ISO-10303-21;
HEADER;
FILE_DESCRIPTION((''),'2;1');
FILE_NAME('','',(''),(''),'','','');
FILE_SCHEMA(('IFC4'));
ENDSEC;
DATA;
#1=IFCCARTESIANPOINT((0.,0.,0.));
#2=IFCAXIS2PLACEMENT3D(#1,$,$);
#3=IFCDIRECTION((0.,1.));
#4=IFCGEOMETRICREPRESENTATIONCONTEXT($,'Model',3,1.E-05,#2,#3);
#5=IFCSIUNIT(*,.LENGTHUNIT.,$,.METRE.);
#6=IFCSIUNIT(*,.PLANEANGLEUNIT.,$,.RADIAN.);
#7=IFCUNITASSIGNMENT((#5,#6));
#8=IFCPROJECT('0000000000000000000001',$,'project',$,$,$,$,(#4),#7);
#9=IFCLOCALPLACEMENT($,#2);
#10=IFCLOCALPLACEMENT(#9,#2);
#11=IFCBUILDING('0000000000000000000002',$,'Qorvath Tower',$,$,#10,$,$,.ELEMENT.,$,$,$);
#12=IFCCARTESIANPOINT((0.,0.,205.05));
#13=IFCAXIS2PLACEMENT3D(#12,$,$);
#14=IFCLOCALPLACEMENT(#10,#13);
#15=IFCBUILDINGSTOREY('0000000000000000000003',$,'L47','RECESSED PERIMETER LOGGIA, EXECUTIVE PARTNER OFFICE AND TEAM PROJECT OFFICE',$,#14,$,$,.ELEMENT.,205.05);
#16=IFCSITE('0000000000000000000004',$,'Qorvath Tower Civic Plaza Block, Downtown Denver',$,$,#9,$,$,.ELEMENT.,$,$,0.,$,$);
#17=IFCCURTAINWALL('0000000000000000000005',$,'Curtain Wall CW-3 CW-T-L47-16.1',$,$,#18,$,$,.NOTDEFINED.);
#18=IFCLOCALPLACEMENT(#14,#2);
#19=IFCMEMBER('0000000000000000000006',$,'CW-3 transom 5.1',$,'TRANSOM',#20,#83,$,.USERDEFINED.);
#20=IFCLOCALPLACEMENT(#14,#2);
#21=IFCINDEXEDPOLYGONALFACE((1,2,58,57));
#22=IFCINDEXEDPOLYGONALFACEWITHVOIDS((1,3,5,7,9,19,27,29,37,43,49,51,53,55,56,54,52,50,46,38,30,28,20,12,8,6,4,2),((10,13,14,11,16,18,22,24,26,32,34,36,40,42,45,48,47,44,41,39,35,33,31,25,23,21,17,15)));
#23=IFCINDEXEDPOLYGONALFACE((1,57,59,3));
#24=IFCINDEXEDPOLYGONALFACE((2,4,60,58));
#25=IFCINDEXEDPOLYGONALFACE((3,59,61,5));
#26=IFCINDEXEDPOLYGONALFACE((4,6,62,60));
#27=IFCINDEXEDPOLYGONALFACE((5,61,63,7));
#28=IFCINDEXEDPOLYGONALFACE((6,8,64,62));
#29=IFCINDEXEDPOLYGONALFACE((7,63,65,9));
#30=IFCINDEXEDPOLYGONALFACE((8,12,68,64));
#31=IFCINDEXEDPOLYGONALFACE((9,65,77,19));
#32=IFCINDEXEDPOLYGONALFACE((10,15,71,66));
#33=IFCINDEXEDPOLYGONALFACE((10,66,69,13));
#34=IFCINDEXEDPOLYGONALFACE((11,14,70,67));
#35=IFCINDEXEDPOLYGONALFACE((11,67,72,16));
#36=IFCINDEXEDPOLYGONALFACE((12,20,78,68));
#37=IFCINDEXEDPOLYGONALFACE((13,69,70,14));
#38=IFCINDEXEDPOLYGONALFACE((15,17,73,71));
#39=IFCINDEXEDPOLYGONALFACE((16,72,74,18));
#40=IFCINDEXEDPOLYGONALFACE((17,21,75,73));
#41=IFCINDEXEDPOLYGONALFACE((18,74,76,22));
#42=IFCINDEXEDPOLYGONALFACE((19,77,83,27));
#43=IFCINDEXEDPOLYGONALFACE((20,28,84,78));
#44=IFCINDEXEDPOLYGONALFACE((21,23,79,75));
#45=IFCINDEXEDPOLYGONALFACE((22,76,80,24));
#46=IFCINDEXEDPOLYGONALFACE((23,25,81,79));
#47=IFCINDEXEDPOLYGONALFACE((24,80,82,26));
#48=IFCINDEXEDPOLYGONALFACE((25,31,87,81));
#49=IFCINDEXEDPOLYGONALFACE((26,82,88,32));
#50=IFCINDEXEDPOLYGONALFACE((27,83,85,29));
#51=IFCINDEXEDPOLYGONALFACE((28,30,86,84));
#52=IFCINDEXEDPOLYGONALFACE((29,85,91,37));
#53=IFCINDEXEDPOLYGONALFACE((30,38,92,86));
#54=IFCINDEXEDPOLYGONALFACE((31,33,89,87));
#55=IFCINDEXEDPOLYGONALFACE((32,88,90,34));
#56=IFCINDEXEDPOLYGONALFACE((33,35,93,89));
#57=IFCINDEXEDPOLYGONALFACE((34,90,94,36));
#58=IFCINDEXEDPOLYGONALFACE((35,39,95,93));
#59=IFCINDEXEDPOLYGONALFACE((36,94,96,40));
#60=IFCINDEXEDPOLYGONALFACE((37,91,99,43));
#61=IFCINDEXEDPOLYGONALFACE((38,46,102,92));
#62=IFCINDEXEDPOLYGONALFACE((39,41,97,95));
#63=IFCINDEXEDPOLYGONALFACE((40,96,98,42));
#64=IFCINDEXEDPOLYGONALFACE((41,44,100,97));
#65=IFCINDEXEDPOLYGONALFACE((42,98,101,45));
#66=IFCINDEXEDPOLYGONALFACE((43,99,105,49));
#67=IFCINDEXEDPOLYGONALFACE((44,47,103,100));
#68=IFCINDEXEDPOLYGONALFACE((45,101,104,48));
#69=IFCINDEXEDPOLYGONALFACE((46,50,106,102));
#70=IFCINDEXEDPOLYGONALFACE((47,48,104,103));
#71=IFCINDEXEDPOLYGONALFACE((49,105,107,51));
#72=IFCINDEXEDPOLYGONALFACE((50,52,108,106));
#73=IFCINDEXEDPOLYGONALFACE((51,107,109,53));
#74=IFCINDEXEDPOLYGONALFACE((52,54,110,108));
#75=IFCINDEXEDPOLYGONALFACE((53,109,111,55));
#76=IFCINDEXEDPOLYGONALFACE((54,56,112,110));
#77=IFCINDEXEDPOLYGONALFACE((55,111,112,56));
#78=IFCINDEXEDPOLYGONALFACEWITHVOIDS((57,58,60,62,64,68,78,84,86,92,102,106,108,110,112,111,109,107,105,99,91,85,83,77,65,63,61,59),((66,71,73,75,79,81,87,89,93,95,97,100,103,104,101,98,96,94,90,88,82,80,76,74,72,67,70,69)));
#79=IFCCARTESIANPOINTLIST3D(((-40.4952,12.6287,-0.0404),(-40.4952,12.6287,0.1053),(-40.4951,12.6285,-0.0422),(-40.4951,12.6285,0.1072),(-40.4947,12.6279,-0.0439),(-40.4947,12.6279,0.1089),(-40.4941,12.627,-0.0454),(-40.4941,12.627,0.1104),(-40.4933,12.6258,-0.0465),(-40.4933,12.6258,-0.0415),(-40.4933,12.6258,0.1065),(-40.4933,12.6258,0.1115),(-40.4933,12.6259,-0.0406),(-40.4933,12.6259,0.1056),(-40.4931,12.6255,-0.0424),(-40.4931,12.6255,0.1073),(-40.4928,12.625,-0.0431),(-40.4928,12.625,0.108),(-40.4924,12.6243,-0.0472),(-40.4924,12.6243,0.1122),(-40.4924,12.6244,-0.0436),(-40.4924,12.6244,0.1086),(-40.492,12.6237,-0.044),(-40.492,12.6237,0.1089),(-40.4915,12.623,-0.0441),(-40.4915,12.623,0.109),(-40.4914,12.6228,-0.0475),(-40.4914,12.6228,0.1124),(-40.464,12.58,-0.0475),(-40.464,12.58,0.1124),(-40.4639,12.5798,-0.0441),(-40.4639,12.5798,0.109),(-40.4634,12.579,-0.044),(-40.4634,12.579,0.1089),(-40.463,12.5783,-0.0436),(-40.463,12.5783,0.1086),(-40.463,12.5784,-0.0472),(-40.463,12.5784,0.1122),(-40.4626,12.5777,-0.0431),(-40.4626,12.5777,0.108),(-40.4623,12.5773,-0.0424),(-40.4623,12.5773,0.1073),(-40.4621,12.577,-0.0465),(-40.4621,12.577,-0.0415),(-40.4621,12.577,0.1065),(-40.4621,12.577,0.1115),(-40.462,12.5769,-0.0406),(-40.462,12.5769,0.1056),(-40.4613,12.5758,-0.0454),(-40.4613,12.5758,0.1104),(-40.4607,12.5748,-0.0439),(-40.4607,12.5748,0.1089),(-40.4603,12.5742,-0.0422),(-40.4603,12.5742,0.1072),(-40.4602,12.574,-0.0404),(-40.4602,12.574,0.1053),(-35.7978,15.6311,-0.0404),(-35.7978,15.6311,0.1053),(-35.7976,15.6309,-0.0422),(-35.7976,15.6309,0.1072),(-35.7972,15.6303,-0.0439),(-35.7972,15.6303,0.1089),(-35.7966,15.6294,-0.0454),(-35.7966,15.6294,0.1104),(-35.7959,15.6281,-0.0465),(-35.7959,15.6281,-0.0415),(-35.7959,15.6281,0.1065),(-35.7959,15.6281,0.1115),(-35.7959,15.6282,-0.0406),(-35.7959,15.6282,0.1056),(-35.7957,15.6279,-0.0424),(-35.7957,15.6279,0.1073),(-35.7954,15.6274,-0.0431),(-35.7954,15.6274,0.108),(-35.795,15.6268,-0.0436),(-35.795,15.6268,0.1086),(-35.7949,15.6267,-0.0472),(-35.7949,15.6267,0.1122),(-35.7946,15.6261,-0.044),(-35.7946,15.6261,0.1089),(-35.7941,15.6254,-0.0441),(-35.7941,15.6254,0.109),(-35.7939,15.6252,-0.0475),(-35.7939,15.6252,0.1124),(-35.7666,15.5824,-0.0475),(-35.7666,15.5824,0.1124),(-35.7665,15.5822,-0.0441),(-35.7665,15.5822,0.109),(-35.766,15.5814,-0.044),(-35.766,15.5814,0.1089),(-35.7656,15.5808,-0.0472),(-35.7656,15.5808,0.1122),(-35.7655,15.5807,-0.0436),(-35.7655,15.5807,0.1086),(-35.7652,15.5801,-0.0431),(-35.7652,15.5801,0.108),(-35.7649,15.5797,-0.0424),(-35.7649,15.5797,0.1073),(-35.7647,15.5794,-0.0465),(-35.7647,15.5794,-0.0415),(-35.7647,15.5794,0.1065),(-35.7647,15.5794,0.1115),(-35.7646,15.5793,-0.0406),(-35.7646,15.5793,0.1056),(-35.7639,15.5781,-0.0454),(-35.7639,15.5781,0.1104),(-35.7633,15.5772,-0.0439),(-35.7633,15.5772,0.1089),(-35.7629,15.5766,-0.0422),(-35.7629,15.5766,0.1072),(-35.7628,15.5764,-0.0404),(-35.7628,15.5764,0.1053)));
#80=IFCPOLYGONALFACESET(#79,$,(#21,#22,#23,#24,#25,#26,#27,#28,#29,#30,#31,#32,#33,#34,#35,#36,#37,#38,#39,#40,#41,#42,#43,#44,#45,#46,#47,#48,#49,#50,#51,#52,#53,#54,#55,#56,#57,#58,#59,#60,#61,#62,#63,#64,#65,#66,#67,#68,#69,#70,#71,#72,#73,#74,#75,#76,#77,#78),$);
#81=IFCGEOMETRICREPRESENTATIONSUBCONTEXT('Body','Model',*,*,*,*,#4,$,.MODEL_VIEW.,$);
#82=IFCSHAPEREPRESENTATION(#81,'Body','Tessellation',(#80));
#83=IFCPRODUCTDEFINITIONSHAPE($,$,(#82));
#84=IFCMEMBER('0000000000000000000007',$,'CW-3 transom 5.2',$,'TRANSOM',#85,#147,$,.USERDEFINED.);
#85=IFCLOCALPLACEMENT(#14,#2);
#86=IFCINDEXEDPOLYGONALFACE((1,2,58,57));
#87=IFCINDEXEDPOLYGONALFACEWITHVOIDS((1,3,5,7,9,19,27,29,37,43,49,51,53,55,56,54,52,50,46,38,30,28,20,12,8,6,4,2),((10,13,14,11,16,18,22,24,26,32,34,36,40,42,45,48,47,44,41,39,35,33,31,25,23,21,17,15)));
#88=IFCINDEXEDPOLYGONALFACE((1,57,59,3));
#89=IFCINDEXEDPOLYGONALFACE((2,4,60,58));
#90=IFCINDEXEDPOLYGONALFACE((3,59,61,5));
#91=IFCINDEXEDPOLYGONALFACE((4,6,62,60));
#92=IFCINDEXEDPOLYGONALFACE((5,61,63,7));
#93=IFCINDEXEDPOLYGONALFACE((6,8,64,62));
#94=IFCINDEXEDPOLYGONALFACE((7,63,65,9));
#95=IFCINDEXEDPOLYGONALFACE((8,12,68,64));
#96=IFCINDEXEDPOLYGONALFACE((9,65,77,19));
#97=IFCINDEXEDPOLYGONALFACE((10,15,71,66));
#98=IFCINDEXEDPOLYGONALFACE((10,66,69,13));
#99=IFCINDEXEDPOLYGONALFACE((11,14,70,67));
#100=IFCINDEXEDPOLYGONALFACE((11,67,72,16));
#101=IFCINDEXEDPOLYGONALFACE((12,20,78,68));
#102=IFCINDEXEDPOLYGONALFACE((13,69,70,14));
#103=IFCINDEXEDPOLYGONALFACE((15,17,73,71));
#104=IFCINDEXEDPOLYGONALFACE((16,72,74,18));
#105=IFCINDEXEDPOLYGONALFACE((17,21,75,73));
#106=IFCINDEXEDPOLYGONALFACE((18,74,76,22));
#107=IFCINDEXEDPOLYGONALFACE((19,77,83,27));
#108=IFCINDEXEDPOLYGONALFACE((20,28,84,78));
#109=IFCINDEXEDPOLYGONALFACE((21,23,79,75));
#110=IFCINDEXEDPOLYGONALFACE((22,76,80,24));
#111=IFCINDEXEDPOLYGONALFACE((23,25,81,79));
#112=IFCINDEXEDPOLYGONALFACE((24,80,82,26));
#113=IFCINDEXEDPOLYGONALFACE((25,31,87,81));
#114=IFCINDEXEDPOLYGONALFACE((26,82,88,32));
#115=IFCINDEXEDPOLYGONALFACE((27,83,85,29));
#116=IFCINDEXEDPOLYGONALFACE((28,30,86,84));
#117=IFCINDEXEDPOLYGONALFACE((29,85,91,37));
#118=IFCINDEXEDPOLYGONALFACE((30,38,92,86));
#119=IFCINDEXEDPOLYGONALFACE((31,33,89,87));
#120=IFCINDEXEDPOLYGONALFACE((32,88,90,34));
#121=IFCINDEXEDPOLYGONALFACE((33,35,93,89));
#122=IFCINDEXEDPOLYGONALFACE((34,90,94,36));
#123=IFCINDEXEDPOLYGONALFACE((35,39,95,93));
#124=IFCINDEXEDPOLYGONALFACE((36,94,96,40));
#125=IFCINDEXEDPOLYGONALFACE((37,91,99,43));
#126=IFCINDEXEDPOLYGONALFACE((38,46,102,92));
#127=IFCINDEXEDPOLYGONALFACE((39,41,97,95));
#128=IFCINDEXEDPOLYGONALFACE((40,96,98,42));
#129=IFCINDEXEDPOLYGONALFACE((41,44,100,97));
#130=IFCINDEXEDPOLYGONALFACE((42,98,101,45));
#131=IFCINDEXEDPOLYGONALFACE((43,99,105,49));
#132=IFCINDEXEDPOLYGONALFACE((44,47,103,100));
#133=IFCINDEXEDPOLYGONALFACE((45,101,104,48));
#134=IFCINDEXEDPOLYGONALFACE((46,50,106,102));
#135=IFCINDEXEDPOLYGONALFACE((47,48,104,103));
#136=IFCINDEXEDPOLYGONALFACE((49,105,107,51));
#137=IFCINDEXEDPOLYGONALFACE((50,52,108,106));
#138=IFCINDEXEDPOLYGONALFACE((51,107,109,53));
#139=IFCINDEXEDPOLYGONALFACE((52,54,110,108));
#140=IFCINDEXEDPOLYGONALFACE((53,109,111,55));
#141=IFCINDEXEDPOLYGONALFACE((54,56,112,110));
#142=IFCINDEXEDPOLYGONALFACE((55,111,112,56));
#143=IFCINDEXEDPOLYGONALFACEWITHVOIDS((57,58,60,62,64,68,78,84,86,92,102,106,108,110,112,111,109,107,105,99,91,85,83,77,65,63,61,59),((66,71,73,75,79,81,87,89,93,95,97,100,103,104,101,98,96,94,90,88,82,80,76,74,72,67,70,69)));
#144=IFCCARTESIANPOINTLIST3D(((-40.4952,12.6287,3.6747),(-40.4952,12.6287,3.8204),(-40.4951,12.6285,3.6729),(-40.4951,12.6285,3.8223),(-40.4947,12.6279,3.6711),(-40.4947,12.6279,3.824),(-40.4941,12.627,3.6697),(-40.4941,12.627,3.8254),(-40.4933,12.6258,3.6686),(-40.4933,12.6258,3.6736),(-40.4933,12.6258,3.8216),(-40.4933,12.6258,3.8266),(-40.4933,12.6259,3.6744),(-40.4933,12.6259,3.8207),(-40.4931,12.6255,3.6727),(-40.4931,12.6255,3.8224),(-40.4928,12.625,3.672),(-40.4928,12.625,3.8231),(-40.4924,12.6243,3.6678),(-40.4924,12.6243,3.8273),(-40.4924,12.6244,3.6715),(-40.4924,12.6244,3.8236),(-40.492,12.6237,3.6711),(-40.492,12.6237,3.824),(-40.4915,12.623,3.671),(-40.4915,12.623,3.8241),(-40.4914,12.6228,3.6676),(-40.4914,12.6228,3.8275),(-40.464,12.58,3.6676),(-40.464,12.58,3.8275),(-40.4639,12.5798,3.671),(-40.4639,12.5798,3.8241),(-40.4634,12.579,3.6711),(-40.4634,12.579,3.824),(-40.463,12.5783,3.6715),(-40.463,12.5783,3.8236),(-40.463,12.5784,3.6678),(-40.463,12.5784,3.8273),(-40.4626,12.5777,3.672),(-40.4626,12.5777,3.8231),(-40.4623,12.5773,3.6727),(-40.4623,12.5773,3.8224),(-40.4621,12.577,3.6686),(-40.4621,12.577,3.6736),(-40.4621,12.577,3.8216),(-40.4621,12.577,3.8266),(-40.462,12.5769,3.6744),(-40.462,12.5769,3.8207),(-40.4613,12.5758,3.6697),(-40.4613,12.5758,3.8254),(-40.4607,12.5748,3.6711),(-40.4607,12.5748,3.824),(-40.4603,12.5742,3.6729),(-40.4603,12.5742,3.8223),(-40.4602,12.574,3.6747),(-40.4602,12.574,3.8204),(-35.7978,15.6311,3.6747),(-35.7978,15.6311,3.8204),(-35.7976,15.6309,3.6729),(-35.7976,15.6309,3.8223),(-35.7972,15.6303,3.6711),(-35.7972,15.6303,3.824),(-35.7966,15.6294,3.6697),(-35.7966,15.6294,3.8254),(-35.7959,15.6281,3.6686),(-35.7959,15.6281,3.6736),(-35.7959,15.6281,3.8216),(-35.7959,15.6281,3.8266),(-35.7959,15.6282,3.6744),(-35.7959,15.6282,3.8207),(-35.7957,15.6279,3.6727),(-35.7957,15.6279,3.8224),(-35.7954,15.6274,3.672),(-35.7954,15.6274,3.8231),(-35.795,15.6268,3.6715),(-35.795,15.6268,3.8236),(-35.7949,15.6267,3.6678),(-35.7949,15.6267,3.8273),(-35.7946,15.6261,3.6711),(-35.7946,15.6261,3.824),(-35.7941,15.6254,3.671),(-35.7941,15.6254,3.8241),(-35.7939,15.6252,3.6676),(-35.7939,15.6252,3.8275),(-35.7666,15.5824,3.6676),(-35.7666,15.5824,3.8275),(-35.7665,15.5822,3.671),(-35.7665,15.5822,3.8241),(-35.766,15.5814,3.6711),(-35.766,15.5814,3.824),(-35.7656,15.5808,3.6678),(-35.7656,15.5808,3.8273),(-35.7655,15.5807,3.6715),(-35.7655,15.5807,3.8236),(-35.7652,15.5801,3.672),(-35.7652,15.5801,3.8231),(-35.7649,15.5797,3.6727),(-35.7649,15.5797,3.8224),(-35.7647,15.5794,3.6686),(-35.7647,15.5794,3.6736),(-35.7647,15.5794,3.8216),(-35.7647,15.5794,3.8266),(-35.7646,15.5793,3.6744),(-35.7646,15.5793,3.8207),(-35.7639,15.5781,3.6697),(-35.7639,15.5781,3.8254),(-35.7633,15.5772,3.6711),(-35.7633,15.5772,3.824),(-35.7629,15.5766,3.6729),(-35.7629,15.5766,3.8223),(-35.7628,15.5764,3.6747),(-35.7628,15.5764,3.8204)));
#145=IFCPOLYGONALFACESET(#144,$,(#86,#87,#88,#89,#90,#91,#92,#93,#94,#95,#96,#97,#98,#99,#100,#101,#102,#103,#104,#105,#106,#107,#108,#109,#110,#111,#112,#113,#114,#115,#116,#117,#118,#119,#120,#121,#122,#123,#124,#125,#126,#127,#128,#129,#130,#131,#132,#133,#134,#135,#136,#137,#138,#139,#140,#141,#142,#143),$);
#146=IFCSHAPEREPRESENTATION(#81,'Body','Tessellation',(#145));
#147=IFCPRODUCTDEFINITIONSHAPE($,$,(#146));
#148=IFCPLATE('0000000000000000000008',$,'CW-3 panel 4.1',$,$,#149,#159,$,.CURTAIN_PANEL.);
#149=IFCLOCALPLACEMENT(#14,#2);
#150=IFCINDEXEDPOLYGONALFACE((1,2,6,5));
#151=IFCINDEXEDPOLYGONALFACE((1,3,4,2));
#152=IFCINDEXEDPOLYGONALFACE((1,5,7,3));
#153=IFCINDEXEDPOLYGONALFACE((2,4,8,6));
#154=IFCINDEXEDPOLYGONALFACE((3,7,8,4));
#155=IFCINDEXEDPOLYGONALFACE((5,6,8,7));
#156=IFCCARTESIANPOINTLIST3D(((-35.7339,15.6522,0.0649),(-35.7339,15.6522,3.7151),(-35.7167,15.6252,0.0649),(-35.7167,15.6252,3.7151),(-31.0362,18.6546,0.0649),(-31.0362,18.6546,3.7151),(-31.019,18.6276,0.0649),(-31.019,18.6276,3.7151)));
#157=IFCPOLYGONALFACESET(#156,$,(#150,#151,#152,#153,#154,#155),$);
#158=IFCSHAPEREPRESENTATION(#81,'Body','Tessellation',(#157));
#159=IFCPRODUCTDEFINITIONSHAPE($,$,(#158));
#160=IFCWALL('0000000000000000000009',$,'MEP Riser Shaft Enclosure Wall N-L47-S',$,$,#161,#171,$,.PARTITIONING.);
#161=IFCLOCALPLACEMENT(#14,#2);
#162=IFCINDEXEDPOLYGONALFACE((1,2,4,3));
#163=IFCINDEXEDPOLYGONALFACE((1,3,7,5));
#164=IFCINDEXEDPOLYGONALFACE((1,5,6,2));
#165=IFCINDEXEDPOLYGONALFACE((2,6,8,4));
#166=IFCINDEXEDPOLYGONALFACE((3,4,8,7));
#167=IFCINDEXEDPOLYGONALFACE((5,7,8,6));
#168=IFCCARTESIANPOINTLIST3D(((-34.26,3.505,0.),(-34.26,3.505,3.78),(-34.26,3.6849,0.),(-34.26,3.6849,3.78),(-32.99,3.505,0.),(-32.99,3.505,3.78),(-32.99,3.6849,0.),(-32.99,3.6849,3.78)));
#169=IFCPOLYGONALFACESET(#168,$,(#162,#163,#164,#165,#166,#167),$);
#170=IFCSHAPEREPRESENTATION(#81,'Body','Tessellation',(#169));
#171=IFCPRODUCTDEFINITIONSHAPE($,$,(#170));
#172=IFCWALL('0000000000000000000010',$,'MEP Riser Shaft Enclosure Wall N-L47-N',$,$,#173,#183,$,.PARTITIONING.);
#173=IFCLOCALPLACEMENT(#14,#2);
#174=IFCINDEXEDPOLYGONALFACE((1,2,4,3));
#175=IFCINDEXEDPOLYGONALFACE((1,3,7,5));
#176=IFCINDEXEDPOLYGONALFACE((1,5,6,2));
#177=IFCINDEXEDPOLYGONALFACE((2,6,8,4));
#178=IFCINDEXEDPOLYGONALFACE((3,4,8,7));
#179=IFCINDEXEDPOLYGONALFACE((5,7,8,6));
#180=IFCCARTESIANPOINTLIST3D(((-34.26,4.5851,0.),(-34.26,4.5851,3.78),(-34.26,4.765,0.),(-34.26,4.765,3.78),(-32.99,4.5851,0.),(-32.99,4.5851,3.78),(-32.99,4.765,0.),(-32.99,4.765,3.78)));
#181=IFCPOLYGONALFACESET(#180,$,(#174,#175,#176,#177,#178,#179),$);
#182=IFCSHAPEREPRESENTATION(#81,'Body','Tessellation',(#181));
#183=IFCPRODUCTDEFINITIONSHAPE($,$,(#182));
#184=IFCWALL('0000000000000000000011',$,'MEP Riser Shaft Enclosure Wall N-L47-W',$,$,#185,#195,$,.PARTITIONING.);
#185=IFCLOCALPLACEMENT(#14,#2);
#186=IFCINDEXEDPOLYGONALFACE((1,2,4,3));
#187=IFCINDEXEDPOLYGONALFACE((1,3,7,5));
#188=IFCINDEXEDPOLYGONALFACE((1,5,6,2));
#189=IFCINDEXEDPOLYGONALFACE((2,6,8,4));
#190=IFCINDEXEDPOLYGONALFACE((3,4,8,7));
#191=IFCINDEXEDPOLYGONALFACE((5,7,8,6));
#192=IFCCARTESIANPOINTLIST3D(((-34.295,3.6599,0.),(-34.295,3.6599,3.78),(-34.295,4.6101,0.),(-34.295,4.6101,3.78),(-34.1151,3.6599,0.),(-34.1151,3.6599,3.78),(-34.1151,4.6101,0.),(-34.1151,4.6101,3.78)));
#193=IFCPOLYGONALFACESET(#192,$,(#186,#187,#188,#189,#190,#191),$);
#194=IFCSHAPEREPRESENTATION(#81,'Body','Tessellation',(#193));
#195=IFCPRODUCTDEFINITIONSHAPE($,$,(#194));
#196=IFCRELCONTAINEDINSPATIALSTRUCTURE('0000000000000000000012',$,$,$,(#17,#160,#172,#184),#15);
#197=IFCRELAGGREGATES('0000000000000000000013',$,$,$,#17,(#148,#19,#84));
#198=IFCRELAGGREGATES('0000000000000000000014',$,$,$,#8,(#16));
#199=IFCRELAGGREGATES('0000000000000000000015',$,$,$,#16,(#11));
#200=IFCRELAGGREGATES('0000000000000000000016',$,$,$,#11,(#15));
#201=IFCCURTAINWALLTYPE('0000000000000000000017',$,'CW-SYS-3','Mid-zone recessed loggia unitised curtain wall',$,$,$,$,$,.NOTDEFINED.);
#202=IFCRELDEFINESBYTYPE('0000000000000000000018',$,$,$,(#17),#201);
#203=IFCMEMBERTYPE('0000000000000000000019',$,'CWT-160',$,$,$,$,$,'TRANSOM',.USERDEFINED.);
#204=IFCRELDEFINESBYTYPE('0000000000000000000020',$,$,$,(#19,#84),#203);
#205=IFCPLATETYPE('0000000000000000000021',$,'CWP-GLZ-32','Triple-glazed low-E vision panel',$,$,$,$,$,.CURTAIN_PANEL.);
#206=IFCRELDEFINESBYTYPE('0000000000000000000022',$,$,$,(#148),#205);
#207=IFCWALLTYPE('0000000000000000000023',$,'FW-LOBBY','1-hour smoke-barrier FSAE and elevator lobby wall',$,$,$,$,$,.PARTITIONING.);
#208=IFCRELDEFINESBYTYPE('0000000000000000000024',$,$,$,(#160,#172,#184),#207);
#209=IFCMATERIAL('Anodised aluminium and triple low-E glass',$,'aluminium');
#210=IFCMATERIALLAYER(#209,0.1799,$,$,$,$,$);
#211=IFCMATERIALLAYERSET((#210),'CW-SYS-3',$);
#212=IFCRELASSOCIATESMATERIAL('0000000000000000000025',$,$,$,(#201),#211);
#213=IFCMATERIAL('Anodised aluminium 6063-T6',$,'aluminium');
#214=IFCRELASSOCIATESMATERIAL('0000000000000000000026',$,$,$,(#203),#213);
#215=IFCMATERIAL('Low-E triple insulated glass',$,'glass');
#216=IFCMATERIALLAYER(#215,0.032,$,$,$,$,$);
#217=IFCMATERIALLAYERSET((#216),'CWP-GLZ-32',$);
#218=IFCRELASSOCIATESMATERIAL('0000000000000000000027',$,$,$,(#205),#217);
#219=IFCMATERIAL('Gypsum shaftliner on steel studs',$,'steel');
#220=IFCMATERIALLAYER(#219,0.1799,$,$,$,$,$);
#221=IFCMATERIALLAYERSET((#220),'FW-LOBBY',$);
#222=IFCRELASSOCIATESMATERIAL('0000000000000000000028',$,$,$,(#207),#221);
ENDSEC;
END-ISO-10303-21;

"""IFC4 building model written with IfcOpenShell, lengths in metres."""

from ifc_helpers import new_model, si_unit, direction, frame, frame_2d, origin, origin_2d, place, context, subcontext, project, spatial, rectangle, hollow_rectangle, extrude, material, layer, layer_set, material_profile, profile_set, type_object, element, aggregate, save


model = new_model("IFC4")

# Units and contexts
model_context = context("Model", 3, precision=1e-05, world=origin(), true_north=direction((0.0, 1.0)))
body_context = subcontext(model_context, "Body", "Model", "MODEL_VIEW")
ifc_project = project(units=[si_unit("LENGTHUNIT", "METRE"), si_unit("PLANEANGLEUNIT", "RADIAN")], contexts=[model_context])

# Site, building, storey
site_placement = place(None, origin())
site = spatial("IfcSite", under=ifc_project, at=site_placement, Name="Qorvath Tower Civic Plaza Block, Downtown Denver", CompositionType="ELEMENT", RefElevation=0.0)
building_placement = place(site_placement, origin())
building = spatial("IfcBuilding", under=site, at=building_placement, Name="Qorvath Tower", CompositionType="ELEMENT")
storey_placement = place(building_placement, frame((0.0, 0.0, 205.05)))
storey = spatial("IfcBuildingStorey", under=building, at=storey_placement, Name="L47", Description="RECESSED PERIMETER LOGGIA, EXECUTIVE PARTNER OFFICE AND TEAM PROJECT OFFICE", CompositionType="ELEMENT", Elevation=205.05)

# Curtain wall, members, plate
ifc_material_1 = material(Name="Anodised aluminium and triple low-E glass", Category="aluminium")
ifc_layer_1 = layer(ifc_material_1, 0.1799)
ifc_layer_set_1 = layer_set([ifc_layer_1], Name="CW-SYS-3")
curtain_wall_type = type_object("IfcCurtainWallType", Name="CW-SYS-3", Description="Mid-zone recessed loggia unitised curtain wall", PredefinedType="NOTDEFINED", material=ifc_layer_set_1)
curtain_wall_placement = place(storey_placement, origin())
curtain_wall = element("IfcCurtainWall", 1, at=curtain_wall_placement, inside=storey, type_object=curtain_wall_type, Name="Curtain Wall CW-3 CW-T-L47-16.1", PredefinedType="NOTDEFINED")
ifc_material_2 = material(Name="Anodised aluminium 6063-T6", Category="aluminium")
ifc_material_profile_1 = material_profile(ifc_material_2, hollow_rectangle(XDim=0.0649, YDim=0.1599, WallThickness=0.0034, InnerFilletRadius=0.0034, OuterFilletRadius=0.0071, at=origin_2d()), Name="CWT 160x65")
ifc_profile_set_1 = profile_set([ifc_material_profile_1], Name="Anodised aluminium 6063-T6")
member_type_1 = type_object("IfcMemberType", Name="CWT-160", ElementType="TRANSOM", PredefinedType="USERDEFINED", material=ifc_profile_set_1)
member_1_placement = place(storey_placement, frame((-35.7803, 15.6038, 0.0325), z_axis=(-0.842594, -0.538549, 0.0), x_axis=(0.538549, -0.842594, 0.0)))
member_1 = element("IfcMember", 2, at=member_1_placement, type_object=member_type_1, Name="CW-3 transom 5.1", ObjectType="TRANSOM", PredefinedType="USERDEFINED", context=body_context, shape_type="SweptSolid", body=[
    extrude(hollow_rectangle(XDim=0.0649, YDim=0.1599, WallThickness=0.0034, InnerFilletRadius=0.0034, OuterFilletRadius=0.0071, at=origin_2d()), origin(), (0.0, 0.0, 1.0), 5.575),
])
member_2_placement = place(storey_placement, frame((-35.7803, 15.6038, 3.7476), z_axis=(-0.842594, -0.538549, 0.0), x_axis=(0.538549, -0.842594, 0.0)))
member_2 = element("IfcMember", 3, at=member_2_placement, type_object=member_type_1, Name="CW-3 transom 5.2", ObjectType="TRANSOM", PredefinedType="USERDEFINED", context=body_context, shape_type="SweptSolid", body=[
    extrude(hollow_rectangle(XDim=0.0649, YDim=0.1599, WallThickness=0.0034, InnerFilletRadius=0.0034, OuterFilletRadius=0.0071, at=origin_2d()), origin(), (0.0, 0.0, 1.0), 5.575),
])
ifc_material_3 = material(Name="Low-E triple insulated glass", Category="glass")
ifc_layer_2 = layer(ifc_material_3, 0.032)
ifc_layer_set_2 = layer_set([ifc_layer_2], Name="CWP-GLZ-32")
plate_type = type_object("IfcPlateType", Name="CWP-GLZ-32", Description="Triple-glazed low-E vision panel", PredefinedType="CURTAIN_PANEL", material=ifc_layer_set_2)
plate_placement = place(storey_placement, frame((-33.3765, 17.1399, 0.0649), z_axis=(0.0, 0.0, 1.0), x_axis=(-0.842604, -0.538534, 0.0)))
plate = element("IfcPlate", 4, at=plate_placement, type_object=plate_type, Name="CW-3 panel 4.1", PredefinedType="CURTAIN_PANEL", context=body_context, shape_type="SweptSolid", body=[
    extrude(rectangle(XDim=5.5752, YDim=0.032, at=origin_2d()), origin(), (0.0, 0.0, 1.0), 3.6501),
])
aggregate(curtain_wall, [plate, member_1, member_2])

# Walls
ifc_material_4 = material(Name="Gypsum shaftliner on steel studs", Category="steel")
ifc_layer_3 = layer(ifc_material_4, 0.1799)
ifc_layer_set_3 = layer_set([ifc_layer_3], Name="FW-LOBBY")
wall_type_1 = type_object("IfcWallType", Name="FW-LOBBY", Description="1-hour smoke-barrier FSAE and elevator lobby wall", PredefinedType="PARTITIONING", material=ifc_layer_set_3)
for number, where, z_axis, x_axis, name in (
    (5, (-32.99, 3.595, 0.0), (0.0, 0.0, 1.0), (-1.0, 0.0, 0.0), "MEP Riser Shaft Enclosure Wall N-L47-S"),
    (6, (-34.26, 4.675, 0.0), (0.0, 0.0, 1.0), (1.0, 0.0, 0.0), "MEP Riser Shaft Enclosure Wall N-L47-N"),
):
    element("IfcWall", number, at=place(storey_placement, frame(where, z_axis=z_axis, x_axis=x_axis)), inside=storey, type_object=wall_type_1, Name=name, PredefinedType="PARTITIONING", context=body_context, shape_type="SweptSolid", body=[
        extrude(rectangle(XDim=1.27, YDim=0.1799, at=frame_2d((0.635, 0.0))), origin(), (0.0, 0.0, 1.0), 3.78),
    ])
for number, where, z_axis, x_axis, name in (
    (7, (-34.2051, 3.6599, 0.0), (0.0, 0.0, 1.0), (0.0, 1.0, 0.0), "MEP Riser Shaft Enclosure Wall N-L47-W"),
):
    element("IfcWall", number, at=place(storey_placement, frame(where, z_axis=z_axis, x_axis=x_axis)), inside=storey, type_object=wall_type_1, Name=name, PredefinedType="PARTITIONING", context=body_context, shape_type="SweptSolid", body=[
        extrude(rectangle(XDim=0.9502, YDim=0.1799, at=frame_2d((0.4751, 0.0))), origin(), (0.0, 0.0, 1.0), 3.78),
    ])

save(model, "model.ifc")
